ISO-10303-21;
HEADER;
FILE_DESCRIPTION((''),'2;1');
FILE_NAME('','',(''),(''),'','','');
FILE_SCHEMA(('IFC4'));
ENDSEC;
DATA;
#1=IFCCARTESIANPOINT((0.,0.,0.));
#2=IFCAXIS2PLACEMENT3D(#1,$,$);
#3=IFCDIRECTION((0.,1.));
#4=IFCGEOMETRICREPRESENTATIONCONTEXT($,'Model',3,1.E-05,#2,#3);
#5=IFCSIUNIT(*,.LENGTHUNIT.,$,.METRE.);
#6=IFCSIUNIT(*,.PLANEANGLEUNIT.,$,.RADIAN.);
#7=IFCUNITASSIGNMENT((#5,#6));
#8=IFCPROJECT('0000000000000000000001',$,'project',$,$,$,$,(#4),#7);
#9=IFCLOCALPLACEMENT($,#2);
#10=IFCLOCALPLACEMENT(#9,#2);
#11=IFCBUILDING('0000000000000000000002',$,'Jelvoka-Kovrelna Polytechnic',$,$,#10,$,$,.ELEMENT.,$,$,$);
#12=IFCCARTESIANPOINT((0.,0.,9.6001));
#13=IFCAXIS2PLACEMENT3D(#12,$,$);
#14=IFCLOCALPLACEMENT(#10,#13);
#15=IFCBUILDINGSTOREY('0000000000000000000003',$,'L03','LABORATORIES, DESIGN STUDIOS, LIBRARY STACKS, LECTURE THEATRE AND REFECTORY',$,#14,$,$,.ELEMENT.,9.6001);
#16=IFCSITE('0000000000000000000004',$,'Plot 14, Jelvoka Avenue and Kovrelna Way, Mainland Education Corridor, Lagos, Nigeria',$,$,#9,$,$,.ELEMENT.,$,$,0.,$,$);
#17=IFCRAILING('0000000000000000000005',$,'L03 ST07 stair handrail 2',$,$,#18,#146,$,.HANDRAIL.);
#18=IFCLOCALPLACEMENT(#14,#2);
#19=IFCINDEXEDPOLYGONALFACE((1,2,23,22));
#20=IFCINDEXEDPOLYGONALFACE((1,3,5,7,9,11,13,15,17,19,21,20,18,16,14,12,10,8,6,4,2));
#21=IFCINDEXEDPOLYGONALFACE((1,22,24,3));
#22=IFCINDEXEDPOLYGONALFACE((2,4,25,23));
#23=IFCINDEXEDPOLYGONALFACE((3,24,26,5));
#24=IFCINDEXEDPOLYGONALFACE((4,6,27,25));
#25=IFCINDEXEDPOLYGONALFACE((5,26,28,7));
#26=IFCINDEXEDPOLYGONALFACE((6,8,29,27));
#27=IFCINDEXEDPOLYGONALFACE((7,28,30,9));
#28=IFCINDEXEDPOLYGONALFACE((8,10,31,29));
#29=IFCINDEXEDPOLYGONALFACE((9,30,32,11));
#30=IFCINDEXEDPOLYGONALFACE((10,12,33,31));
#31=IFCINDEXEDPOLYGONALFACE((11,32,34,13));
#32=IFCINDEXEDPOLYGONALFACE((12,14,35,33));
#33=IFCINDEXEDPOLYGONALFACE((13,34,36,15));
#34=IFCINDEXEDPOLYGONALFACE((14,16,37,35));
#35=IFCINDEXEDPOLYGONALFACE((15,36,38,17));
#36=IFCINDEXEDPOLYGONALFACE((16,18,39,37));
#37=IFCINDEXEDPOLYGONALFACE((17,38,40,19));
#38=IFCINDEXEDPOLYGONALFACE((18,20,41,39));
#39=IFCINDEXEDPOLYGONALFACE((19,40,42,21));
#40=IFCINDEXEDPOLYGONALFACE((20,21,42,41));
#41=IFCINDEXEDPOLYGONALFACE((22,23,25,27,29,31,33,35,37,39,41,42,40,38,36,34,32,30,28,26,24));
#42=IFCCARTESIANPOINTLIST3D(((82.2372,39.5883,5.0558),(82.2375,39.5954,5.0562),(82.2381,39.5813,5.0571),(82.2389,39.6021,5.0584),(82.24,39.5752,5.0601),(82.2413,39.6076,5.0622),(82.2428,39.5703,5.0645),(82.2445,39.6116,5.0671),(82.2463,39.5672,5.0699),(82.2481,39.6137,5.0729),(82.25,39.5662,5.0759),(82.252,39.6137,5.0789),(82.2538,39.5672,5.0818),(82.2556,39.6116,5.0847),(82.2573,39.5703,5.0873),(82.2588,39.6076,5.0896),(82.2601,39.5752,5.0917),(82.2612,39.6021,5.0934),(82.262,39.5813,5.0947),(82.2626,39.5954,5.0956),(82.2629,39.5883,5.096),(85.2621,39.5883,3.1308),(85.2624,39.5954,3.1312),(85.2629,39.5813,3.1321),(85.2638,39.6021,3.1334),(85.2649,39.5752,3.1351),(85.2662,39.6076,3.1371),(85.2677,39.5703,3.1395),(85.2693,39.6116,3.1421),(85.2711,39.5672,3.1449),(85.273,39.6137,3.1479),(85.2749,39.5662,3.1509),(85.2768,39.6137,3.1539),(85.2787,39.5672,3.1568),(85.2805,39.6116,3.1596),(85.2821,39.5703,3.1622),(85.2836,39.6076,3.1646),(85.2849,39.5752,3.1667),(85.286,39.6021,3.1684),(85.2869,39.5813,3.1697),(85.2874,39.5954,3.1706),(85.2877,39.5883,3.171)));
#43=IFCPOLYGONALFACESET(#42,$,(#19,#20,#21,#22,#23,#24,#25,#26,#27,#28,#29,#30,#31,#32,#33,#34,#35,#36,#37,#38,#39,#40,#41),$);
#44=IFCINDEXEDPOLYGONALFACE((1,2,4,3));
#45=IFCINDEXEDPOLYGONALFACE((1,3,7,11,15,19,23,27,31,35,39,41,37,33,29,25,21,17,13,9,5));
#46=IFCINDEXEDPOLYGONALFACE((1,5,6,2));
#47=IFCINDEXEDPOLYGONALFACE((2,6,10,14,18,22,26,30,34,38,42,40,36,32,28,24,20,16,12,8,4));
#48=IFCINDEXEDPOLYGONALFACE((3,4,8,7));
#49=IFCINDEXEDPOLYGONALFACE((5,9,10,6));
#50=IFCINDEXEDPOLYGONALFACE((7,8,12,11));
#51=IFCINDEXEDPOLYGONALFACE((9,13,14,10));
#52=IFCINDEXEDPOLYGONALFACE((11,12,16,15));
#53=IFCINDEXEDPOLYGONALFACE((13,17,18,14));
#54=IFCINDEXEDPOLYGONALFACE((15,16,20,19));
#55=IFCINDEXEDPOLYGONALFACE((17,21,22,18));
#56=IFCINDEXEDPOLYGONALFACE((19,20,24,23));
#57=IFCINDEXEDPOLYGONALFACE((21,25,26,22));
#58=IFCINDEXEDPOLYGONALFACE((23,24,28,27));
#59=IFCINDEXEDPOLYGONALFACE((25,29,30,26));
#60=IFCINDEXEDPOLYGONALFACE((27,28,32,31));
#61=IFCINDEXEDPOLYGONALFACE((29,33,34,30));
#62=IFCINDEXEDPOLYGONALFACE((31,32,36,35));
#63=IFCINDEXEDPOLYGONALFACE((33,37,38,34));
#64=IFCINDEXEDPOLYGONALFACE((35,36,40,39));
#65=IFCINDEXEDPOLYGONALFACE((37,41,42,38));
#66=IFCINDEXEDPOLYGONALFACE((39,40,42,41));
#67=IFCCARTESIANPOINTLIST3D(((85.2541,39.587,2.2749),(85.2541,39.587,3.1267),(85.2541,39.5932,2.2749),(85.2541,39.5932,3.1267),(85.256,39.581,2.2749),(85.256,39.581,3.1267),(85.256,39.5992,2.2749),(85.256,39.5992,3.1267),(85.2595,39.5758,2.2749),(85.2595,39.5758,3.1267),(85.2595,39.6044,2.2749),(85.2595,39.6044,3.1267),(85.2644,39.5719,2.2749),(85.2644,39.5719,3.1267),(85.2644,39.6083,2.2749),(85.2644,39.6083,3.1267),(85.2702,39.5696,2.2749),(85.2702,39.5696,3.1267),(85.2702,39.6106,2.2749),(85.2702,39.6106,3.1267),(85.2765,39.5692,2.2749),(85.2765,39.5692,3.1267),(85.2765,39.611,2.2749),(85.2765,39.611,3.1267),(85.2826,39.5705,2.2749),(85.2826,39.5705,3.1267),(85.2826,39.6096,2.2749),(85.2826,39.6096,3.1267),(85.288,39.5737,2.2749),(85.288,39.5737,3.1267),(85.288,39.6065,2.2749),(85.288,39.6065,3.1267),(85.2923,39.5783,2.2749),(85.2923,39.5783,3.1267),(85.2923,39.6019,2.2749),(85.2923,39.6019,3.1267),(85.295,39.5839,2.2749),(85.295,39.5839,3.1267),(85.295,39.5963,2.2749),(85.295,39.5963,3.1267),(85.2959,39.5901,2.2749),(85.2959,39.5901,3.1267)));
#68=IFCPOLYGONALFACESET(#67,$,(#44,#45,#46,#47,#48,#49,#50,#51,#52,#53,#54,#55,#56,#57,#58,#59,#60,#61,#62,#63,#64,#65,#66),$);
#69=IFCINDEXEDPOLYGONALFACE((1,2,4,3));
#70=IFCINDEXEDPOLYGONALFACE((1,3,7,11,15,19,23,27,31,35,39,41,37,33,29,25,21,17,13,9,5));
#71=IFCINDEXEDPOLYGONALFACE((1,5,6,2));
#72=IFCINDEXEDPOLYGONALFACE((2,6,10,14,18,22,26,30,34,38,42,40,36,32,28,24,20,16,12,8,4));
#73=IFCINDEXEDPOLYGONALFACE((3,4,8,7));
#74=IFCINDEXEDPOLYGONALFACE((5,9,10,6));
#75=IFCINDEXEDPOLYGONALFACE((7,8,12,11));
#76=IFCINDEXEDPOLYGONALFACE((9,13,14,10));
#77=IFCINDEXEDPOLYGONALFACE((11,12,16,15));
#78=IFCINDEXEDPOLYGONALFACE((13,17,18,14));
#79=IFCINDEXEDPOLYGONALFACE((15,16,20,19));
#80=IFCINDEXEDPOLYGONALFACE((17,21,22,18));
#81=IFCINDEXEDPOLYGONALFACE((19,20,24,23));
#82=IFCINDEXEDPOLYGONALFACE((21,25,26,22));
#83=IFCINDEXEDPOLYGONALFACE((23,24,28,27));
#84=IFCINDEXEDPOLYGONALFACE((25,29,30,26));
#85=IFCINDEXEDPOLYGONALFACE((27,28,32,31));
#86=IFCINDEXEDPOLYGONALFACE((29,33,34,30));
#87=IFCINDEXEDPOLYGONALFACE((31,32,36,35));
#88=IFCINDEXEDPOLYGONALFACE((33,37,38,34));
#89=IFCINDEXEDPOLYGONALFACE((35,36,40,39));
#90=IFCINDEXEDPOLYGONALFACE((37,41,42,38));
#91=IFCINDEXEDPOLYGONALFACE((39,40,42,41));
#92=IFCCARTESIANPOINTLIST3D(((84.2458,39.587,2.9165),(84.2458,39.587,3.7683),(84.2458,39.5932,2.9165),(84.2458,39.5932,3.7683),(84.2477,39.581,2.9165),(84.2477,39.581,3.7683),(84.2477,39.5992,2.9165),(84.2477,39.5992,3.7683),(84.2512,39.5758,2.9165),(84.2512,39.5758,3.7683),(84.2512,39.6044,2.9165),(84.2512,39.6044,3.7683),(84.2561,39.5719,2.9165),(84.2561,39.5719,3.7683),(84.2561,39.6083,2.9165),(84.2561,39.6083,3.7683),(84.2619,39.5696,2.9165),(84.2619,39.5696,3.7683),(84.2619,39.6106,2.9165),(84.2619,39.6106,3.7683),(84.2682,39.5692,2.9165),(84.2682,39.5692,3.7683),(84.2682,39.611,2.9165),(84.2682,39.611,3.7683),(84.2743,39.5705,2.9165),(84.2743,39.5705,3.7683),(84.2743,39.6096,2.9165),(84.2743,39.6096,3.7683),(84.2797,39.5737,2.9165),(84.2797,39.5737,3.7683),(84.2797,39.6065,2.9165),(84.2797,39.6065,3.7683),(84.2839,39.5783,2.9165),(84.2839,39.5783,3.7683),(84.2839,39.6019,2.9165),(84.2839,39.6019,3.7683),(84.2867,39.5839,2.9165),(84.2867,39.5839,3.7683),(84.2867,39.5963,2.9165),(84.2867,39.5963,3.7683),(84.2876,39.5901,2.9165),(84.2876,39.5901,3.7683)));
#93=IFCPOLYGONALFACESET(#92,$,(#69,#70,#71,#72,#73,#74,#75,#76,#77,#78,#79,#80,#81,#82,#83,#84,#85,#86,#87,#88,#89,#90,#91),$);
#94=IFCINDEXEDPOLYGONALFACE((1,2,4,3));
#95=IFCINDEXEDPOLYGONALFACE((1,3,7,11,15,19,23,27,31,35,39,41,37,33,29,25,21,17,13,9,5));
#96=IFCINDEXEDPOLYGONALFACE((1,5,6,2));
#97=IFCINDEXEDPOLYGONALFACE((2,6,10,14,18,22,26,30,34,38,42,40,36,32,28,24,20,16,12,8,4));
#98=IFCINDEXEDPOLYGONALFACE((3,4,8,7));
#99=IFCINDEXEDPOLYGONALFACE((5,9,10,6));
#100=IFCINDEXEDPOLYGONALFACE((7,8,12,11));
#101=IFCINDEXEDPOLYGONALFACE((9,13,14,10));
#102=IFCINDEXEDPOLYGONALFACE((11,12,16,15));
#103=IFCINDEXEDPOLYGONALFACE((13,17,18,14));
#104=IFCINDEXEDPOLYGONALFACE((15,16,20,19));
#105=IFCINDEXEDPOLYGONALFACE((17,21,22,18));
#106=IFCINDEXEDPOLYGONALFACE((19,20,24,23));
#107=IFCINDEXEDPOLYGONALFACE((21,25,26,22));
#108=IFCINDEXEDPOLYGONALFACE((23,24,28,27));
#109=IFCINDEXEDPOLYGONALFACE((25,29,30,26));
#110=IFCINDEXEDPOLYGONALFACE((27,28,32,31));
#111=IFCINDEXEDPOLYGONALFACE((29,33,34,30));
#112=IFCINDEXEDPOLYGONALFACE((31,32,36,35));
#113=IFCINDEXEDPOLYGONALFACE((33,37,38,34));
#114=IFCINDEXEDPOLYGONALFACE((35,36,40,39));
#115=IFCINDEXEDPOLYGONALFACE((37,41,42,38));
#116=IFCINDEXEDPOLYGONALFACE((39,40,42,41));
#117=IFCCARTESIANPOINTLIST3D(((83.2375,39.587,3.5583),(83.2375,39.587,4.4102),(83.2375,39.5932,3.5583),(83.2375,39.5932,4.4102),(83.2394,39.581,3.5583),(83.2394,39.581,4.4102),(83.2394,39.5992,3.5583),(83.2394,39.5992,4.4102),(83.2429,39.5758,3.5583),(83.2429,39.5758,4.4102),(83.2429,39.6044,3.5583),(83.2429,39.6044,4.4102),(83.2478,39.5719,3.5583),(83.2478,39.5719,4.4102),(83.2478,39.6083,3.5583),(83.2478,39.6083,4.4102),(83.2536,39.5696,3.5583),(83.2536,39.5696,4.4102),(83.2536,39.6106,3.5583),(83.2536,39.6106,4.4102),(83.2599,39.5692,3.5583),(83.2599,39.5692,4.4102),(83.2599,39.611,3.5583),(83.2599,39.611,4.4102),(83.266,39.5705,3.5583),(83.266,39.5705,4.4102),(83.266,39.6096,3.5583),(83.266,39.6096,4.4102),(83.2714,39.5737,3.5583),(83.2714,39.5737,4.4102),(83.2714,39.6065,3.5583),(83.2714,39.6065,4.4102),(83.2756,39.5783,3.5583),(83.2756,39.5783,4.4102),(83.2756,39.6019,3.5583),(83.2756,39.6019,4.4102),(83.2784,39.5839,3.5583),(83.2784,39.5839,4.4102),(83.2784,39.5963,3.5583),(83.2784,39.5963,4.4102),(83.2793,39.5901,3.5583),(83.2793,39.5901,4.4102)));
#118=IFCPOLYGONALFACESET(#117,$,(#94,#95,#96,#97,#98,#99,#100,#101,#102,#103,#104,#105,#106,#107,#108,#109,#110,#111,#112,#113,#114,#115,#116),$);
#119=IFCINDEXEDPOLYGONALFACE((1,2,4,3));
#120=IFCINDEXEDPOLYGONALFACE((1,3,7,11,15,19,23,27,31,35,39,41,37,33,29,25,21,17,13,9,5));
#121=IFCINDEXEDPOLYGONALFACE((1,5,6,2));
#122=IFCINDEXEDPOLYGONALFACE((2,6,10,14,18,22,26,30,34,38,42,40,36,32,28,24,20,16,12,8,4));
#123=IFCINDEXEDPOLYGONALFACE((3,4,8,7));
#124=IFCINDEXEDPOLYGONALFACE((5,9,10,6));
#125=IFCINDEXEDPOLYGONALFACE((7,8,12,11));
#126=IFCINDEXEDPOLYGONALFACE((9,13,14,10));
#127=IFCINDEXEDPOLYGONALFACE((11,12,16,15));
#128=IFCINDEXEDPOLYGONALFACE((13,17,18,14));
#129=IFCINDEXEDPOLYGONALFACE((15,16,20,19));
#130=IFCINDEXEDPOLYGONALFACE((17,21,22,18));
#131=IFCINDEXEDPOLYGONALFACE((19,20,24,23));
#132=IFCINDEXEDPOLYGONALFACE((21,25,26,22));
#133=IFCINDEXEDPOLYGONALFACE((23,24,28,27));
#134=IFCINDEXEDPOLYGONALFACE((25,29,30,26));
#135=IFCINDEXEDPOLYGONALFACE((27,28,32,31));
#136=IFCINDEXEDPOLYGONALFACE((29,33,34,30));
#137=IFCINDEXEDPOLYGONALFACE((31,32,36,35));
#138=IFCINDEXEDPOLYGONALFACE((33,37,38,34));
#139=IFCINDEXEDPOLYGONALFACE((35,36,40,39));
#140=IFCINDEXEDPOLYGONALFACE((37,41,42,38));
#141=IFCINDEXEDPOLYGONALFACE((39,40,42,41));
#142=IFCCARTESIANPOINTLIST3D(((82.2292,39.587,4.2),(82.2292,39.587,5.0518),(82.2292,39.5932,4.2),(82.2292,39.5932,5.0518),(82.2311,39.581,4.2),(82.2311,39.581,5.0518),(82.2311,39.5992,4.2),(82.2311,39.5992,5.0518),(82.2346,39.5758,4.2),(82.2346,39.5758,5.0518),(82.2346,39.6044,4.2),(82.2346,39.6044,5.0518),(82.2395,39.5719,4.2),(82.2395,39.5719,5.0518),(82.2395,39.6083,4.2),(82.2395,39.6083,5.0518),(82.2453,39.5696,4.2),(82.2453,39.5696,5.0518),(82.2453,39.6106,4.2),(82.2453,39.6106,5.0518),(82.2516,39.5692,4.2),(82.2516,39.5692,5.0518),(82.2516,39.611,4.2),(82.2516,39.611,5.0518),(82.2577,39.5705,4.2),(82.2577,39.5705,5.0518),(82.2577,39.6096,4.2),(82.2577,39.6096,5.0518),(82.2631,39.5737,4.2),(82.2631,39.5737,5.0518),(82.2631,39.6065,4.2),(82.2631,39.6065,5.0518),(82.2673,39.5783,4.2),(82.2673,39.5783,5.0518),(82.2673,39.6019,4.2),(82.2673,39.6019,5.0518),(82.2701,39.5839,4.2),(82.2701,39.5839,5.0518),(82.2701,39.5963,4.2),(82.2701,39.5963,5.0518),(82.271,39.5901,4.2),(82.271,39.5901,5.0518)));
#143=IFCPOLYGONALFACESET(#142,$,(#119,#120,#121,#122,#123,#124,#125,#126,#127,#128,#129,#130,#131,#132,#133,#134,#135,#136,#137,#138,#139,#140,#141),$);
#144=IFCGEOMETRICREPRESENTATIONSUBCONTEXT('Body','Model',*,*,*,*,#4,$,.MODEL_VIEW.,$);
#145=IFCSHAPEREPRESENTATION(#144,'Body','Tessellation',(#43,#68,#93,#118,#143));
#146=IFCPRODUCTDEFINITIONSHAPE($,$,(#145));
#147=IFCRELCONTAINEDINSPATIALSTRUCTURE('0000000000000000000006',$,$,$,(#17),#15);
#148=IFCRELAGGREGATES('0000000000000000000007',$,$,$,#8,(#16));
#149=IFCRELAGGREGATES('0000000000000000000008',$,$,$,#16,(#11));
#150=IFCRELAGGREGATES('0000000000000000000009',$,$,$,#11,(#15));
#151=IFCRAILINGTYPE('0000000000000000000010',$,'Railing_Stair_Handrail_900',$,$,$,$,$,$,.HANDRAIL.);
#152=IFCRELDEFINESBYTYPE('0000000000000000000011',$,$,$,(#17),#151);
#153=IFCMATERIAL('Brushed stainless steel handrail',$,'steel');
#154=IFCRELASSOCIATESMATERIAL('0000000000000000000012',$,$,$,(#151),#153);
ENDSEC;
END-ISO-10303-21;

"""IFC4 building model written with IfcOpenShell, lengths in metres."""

from ifc_helpers import new_model, si_unit, direction, frame, origin, origin_2d, place, context, subcontext, project, spatial, circle, extrude, material, type_object, element, save


model = new_model("IFC4")

# Units and contexts
model_context = context("Model", 3, precision=1e-05, world=origin(), true_north=direction((0.0, 1.0)))
body_context = subcontext(model_context, "Body", "Model", "MODEL_VIEW")
ifc_project = project(units=[si_unit("LENGTHUNIT", "METRE"), si_unit("PLANEANGLEUNIT", "RADIAN")], contexts=[model_context])

# Site, building, storey
site_placement = place(None, origin())
site = spatial("IfcSite", under=ifc_project, at=site_placement, Name="Plot 14, Jelvoka Avenue and Kovrelna Way, Mainland Education Corridor, Lagos, Nigeria", CompositionType="ELEMENT", RefElevation=0.0)
building_placement = place(site_placement, origin())
building = spatial("IfcBuilding", under=site, at=building_placement, Name="Jelvoka-Kovrelna Polytechnic", CompositionType="ELEMENT")
storey_placement = place(building_placement, frame((0.0, 0.0, 9.6001)))
storey = spatial("IfcBuildingStorey", under=building, at=storey_placement, Name="L03", Description="LABORATORIES, DESIGN STUDIOS, LIBRARY STACKS, LECTURE THEATRE AND REFECTORY", CompositionType="ELEMENT", Elevation=9.6001)

# Railing
ifc_material_1 = material(Name="Brushed stainless steel handrail", Category="steel")
railing_type_1 = type_object("IfcRailingType", Name="Railing_Stair_Handrail_900", PredefinedType="HANDRAIL", material=ifc_material_1)
railing_1_placement = place(storey_placement, frame((85.2749, 39.5901, 2.2749)))
element("IfcRailing", 1, at=railing_1_placement, inside=storey, type_object=railing_type_1, Name="L03 ST07 stair handrail 2", PredefinedType="HANDRAIL", context=body_context, shape_type="SweptSolid", body=[
    extrude(circle(Radius=0.0239, at=origin_2d()), frame((0.0, 0.0, 0.876), z_axis=(-0.843647, 0.0, 0.536898), x_axis=(0.0, -1.0, 0.0)), (0.0, 0.0, 1.0), 3.5854),
    extrude(circle(Radius=0.021, at=origin_2d()), origin(), (0.0, 0.0, 1.0), 0.8518),
    extrude(circle(Radius=0.021, at=origin_2d()), frame((-1.0083, 0.0, 0.6416)), (0.0, 0.0, 1.0), 0.8518),
    extrude(circle(Radius=0.021, at=origin_2d()), frame((-2.0166, 0.0, 1.2834)), (0.0, 0.0, 1.0), 0.8518),
    extrude(circle(Radius=0.021, at=origin_2d()), frame((-3.0249, 0.0, 1.925)), (0.0, 0.0, 1.0), 0.8518),
])

save(model, "model.ifc")
